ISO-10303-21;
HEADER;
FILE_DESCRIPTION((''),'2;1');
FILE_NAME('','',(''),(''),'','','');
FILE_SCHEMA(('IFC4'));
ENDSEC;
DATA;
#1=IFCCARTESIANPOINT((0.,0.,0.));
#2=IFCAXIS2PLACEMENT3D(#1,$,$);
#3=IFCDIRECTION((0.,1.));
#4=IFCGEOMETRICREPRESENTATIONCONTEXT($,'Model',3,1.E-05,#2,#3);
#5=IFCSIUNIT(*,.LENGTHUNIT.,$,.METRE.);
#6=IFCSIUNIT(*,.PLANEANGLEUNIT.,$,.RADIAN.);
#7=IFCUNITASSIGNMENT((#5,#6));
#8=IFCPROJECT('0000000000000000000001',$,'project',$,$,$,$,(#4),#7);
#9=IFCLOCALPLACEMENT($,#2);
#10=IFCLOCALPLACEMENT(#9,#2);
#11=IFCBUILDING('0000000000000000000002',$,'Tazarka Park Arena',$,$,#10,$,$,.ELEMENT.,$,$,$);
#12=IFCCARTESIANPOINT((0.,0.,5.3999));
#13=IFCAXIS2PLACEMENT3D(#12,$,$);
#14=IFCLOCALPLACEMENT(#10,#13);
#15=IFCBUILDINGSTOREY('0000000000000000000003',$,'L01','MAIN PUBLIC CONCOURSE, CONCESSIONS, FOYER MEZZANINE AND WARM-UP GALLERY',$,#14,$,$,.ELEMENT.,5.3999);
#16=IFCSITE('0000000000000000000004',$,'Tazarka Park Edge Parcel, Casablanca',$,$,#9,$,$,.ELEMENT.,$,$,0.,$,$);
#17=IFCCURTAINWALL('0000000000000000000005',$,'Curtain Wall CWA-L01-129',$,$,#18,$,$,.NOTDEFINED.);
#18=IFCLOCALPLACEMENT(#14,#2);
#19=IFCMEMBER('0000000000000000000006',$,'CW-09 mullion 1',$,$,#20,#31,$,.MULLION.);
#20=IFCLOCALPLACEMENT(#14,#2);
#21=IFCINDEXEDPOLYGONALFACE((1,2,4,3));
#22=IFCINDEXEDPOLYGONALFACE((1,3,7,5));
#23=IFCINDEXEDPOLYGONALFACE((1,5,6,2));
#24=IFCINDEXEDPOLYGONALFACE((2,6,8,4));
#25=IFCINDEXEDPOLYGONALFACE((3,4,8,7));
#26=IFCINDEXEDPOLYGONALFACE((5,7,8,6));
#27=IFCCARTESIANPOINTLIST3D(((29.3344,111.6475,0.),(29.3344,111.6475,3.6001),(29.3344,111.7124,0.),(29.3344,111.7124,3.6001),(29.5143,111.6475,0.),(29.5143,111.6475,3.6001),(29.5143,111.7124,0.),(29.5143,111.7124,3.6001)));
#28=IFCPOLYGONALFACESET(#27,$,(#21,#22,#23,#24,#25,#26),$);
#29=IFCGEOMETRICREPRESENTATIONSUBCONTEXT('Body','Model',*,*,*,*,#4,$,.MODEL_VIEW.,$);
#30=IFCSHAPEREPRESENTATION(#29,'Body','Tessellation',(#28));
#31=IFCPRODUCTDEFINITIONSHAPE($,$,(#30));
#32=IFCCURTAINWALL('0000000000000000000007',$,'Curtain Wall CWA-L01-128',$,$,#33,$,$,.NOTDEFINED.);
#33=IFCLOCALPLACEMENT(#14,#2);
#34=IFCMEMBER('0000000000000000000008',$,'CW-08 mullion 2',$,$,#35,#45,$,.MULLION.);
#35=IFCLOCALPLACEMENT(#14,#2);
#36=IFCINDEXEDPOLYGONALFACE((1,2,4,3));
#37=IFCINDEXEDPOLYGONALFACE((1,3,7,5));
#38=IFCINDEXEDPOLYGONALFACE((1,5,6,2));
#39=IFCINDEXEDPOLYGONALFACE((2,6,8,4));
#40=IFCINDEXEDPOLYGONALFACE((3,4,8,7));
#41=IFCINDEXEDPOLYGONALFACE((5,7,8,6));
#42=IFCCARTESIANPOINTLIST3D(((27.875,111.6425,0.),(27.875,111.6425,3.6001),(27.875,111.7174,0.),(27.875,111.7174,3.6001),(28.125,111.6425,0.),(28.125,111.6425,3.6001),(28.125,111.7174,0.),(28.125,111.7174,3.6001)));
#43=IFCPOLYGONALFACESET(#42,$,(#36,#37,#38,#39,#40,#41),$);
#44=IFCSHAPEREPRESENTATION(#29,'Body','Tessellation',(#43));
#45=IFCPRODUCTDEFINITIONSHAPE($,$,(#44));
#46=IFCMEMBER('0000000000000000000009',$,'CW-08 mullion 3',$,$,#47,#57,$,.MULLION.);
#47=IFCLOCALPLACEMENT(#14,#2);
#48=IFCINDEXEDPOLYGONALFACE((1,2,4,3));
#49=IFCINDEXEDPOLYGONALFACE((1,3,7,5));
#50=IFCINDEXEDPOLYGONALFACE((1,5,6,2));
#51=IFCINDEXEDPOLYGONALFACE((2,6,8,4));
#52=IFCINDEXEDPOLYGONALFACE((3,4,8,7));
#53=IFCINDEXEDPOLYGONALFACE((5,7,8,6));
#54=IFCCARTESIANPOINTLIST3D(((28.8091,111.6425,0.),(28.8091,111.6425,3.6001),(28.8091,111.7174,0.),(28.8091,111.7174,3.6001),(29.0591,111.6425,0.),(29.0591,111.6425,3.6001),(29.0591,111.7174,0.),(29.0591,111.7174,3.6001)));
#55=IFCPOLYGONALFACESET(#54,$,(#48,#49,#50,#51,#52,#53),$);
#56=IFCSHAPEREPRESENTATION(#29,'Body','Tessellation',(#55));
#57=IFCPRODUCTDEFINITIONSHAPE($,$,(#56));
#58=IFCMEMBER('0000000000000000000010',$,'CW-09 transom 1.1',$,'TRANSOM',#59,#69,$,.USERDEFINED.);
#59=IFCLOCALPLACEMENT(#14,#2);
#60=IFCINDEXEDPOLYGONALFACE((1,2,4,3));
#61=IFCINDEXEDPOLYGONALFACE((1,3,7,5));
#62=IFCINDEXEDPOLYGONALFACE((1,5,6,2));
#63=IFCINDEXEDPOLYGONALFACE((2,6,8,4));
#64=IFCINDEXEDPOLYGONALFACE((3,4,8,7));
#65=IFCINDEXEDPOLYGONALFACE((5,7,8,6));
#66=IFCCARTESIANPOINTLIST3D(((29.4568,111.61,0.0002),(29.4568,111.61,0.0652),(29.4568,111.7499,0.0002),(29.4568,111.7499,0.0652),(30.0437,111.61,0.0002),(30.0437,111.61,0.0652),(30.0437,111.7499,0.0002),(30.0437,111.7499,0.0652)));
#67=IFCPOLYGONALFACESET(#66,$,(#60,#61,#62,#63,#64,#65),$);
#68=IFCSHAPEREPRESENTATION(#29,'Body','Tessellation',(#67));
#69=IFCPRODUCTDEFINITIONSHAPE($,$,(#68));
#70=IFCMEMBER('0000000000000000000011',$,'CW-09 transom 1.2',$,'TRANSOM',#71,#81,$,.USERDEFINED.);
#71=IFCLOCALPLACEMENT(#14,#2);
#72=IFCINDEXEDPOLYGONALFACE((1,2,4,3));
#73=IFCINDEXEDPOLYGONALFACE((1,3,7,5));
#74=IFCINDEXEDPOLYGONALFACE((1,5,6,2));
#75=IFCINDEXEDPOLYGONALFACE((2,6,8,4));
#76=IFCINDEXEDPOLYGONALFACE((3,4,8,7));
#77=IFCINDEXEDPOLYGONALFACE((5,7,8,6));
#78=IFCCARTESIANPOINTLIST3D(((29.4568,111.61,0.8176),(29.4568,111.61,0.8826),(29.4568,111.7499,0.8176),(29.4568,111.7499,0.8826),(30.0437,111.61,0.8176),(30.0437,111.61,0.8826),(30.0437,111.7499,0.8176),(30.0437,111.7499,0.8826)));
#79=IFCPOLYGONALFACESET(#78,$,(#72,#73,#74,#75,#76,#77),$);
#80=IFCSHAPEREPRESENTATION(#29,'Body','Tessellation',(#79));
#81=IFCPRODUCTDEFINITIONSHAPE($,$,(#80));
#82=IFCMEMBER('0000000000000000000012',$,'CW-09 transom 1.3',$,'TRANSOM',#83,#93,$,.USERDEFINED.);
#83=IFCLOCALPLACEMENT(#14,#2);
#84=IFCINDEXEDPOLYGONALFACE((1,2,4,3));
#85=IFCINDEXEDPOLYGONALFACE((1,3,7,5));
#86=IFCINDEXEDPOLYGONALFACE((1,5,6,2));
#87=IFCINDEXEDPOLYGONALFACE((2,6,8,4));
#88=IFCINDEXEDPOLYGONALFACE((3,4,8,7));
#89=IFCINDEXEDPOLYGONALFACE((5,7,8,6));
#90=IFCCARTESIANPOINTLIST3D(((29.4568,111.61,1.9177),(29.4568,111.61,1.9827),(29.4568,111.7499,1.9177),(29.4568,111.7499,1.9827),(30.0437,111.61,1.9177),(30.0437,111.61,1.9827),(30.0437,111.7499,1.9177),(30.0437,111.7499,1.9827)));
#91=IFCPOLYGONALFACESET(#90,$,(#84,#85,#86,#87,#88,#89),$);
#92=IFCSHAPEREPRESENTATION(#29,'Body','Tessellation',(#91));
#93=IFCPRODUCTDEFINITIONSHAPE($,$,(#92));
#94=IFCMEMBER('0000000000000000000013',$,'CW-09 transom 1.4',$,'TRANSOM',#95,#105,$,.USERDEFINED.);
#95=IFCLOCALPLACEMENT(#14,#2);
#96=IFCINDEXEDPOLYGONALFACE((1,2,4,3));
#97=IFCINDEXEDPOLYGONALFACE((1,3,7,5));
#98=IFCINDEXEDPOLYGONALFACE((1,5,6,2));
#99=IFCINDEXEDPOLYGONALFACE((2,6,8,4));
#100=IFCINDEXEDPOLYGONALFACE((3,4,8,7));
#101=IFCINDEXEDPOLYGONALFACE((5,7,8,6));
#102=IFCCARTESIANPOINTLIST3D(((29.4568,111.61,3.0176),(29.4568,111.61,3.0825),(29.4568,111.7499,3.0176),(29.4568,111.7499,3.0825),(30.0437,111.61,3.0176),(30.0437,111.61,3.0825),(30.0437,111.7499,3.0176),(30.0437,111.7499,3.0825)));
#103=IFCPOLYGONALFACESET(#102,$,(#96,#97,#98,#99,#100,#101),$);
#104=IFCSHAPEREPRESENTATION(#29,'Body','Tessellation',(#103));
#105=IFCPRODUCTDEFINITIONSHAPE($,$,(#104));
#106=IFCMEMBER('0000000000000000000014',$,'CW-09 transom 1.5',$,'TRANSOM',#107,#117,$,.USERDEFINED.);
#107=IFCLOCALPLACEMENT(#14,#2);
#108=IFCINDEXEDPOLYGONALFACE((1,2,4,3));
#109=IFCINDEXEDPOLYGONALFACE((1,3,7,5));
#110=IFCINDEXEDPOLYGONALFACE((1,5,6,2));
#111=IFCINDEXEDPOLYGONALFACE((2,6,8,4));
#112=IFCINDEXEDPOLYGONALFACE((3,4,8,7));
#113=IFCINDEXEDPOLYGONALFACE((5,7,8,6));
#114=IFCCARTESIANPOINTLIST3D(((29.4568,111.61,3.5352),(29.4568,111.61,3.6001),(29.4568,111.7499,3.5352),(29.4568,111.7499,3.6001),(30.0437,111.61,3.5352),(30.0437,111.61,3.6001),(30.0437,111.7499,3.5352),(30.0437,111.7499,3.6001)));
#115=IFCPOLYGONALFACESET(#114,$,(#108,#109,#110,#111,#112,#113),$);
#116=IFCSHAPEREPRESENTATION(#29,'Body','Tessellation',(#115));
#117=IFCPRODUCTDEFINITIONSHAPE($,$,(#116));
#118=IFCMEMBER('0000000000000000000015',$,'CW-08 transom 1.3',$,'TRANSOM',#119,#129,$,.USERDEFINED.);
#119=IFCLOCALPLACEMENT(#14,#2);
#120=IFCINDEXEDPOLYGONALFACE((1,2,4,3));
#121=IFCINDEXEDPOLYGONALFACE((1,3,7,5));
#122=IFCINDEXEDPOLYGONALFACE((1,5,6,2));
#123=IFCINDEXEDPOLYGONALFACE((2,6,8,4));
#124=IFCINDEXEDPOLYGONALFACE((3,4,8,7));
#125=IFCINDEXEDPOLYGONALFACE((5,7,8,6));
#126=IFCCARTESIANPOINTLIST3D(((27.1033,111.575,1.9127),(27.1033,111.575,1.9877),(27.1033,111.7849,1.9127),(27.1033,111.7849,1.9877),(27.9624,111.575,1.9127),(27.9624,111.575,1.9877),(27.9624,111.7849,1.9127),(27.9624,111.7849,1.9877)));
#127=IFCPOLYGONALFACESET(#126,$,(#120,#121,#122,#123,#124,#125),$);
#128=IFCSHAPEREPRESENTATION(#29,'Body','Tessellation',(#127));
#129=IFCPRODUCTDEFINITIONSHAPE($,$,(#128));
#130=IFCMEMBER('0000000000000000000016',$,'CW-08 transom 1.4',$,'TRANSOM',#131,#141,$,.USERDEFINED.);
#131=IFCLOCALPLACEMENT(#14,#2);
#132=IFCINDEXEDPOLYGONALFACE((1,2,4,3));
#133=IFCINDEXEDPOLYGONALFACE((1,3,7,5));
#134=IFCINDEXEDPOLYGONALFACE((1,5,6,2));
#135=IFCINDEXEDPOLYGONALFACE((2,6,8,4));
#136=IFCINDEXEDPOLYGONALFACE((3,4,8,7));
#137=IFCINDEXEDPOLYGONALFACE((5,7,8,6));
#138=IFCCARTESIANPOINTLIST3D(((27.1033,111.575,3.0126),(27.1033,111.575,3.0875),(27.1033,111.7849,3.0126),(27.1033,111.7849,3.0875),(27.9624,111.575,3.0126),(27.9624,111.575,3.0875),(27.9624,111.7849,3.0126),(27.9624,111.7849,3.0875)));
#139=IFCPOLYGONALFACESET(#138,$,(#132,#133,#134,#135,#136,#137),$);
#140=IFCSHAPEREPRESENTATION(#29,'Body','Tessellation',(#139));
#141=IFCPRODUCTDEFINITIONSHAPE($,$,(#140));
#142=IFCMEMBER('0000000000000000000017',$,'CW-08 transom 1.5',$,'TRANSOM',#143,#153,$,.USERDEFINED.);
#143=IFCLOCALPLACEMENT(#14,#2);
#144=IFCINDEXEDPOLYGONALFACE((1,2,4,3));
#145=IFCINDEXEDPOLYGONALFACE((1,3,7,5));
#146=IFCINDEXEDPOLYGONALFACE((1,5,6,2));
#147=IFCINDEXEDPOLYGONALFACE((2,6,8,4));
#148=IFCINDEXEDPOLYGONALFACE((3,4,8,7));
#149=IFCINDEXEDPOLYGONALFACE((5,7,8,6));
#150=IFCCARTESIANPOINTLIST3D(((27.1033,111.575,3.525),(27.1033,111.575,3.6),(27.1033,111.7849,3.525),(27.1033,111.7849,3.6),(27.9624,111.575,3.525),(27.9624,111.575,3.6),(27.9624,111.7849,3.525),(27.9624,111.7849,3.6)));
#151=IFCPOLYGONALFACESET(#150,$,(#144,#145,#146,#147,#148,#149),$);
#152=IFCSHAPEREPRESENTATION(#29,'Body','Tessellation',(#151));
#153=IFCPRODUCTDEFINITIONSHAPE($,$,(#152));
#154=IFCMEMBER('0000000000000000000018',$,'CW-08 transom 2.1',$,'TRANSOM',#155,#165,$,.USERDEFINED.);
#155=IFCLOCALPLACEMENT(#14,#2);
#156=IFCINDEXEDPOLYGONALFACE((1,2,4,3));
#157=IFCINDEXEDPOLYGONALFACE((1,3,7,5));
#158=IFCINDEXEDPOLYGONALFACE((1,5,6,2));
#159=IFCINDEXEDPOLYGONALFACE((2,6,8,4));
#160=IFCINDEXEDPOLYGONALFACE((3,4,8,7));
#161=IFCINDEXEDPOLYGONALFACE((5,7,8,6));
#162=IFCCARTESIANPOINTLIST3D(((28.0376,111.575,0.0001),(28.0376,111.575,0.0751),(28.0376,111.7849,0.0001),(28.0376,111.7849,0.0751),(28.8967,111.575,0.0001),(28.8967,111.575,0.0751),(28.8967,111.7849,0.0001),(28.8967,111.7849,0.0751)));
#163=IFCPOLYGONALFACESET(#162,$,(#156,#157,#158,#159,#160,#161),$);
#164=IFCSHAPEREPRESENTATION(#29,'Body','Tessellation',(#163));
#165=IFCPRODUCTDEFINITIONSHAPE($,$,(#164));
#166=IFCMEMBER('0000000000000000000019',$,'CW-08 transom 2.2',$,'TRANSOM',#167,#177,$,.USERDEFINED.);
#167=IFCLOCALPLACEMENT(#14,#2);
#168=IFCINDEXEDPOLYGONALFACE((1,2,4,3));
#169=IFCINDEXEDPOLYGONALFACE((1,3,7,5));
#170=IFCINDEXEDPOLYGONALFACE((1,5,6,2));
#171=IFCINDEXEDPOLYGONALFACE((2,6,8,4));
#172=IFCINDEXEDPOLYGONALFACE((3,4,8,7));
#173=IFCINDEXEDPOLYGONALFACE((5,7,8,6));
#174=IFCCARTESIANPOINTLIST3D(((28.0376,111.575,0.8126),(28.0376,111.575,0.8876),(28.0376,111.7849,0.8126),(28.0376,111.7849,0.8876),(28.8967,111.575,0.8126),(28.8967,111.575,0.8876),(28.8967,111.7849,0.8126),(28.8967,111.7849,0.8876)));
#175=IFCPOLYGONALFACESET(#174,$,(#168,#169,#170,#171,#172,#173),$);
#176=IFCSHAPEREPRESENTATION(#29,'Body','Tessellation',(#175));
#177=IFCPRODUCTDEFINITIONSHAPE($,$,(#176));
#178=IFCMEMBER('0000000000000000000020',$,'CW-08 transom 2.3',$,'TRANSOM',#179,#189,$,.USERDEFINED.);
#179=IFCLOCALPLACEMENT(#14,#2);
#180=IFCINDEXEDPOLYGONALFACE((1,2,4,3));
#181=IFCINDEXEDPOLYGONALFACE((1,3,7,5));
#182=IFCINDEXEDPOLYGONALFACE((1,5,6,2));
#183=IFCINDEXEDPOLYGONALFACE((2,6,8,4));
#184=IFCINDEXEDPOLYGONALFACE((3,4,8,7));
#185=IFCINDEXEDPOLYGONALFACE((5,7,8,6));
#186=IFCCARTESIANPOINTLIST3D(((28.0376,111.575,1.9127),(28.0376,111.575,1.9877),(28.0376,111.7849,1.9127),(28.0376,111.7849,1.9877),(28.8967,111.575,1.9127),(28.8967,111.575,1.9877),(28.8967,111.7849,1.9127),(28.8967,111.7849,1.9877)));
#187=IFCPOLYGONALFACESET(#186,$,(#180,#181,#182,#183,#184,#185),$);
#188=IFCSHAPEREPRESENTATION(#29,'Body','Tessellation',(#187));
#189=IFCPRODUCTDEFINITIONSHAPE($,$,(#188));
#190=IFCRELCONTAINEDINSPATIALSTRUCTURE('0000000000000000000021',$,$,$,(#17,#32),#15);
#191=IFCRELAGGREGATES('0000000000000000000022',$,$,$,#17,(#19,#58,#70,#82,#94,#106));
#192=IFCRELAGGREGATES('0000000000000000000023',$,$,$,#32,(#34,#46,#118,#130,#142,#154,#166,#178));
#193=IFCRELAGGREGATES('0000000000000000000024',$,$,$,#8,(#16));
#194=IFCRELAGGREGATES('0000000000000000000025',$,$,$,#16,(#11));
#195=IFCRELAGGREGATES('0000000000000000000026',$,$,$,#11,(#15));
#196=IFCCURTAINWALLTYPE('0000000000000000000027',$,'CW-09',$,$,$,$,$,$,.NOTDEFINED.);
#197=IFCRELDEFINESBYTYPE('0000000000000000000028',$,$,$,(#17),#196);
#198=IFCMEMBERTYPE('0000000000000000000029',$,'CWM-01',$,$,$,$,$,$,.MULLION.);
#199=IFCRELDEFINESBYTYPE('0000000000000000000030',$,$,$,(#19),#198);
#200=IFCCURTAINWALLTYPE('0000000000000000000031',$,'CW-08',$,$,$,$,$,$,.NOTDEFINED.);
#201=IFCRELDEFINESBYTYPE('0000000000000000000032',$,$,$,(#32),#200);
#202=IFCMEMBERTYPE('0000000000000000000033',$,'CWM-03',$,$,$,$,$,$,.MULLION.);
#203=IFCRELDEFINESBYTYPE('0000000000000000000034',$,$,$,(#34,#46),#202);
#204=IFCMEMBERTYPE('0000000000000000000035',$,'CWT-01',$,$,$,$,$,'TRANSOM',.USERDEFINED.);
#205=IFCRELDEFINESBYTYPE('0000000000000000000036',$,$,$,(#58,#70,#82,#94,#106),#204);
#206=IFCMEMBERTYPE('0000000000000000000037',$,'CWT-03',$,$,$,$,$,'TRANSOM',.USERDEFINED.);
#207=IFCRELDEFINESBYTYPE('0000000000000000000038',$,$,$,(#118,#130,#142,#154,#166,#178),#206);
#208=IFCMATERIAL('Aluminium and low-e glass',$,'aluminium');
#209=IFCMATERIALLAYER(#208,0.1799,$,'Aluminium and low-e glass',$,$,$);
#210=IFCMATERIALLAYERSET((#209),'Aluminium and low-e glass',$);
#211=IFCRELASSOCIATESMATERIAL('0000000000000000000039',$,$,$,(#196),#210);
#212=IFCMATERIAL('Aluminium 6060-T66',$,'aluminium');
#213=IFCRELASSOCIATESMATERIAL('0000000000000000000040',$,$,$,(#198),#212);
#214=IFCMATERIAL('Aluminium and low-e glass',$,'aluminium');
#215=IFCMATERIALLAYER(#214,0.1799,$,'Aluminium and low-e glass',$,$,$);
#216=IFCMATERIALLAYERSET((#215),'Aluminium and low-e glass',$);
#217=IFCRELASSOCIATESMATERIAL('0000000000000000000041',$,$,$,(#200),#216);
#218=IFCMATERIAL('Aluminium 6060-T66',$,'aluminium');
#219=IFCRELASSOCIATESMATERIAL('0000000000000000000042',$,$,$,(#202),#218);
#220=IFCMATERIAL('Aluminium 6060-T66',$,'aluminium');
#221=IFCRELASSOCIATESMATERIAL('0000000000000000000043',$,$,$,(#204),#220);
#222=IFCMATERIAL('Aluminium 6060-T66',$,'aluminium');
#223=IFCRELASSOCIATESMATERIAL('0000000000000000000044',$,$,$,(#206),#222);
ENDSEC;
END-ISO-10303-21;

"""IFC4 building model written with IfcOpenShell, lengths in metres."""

from ifc_helpers import new_model, si_unit, direction, frame, origin, origin_2d, place, context, subcontext, project, spatial, rectangle, extrude, material, layer, layer_set, material_profile, profile_set, type_object, element, aggregate, save


model = new_model("IFC4")

# Units and contexts
model_context = context("Model", 3, precision=1e-05, world=origin(), true_north=direction((0.0, 1.0)))
body_context = subcontext(model_context, "Body", "Model", "MODEL_VIEW")
ifc_project = project(units=[si_unit("LENGTHUNIT", "METRE"), si_unit("PLANEANGLEUNIT", "RADIAN")], contexts=[model_context])

# Site, building, storey
site_placement = place(None, origin())
site = spatial("IfcSite", under=ifc_project, at=site_placement, Name="Tazarka Park Edge Parcel, Casablanca", CompositionType="ELEMENT", RefElevation=0.0)
building_placement = place(site_placement, origin())
building = spatial("IfcBuilding", under=site, at=building_placement, Name="Tazarka Park Arena", CompositionType="ELEMENT")
storey_placement = place(building_placement, frame((0.0, 0.0, 5.3999)))
storey = spatial("IfcBuildingStorey", under=building, at=storey_placement, Name="L01", Description="MAIN PUBLIC CONCOURSE, CONCESSIONS, FOYER MEZZANINE AND WARM-UP GALLERY", CompositionType="ELEMENT", Elevation=5.3999)

# Curtain wall, member
ifc_material_1 = material(Name="Aluminium and low-e glass", Category="aluminium")
ifc_layer_1 = layer(ifc_material_1, 0.1799, Name="Aluminium and low-e glass")
ifc_layer_set_1 = layer_set([ifc_layer_1], Name="Aluminium and low-e glass")
curtain_wall_type_1 = type_object("IfcCurtainWallType", Name="CW-09", PredefinedType="NOTDEFINED", material=ifc_layer_set_1)
curtain_wall_1_placement = place(storey_placement, origin())
curtain_wall_1 = element("IfcCurtainWall", 1, at=curtain_wall_1_placement, inside=storey, type_object=curtain_wall_type_1, Name="Curtain Wall CWA-L01-129", PredefinedType="NOTDEFINED")
ifc_material_2 = material(Name="Aluminium 6060-T66", Category="aluminium")
ifc_material_profile_1 = material_profile(ifc_material_2, rectangle(XDim=0.0649, YDim=0.1799, at=origin_2d()), Name="Aluminium 6060-T66")
ifc_profile_set_1 = profile_set([ifc_material_profile_1], Name="Aluminium 6060-T66")
member_type_1 = type_object("IfcMemberType", Name="CWM-01", PredefinedType="MULLION", material=ifc_profile_set_1)
member_1_placement = place(storey_placement, frame((29.4243, 111.6799, 0.0), z_axis=(0.0, 0.0, 1.0), x_axis=(0.0, 1.0, 0.0)))
member_1 = element("IfcMember", 2, at=member_1_placement, type_object=member_type_1, Name="CW-09 mullion 1", PredefinedType="MULLION", context=body_context, shape_type="SweptSolid", body=[
    extrude(rectangle(XDim=0.0649, YDim=0.1799, at=origin_2d()), origin(), (0.0, 0.0, 1.0), 3.6001),
])

# Curtain wall, members
ifc_material_3 = material(Name="Aluminium and low-e glass", Category="aluminium")
ifc_layer_2 = layer(ifc_material_3, 0.1799, Name="Aluminium and low-e glass")
ifc_layer_set_2 = layer_set([ifc_layer_2], Name="Aluminium and low-e glass")
curtain_wall_type_2 = type_object("IfcCurtainWallType", Name="CW-08", PredefinedType="NOTDEFINED", material=ifc_layer_set_2)
curtain_wall_2_placement = place(storey_placement, origin())
curtain_wall_2 = element("IfcCurtainWall", 3, at=curtain_wall_2_placement, inside=storey, type_object=curtain_wall_type_2, Name="Curtain Wall CWA-L01-128", PredefinedType="NOTDEFINED")
ifc_material_4 = material(Name="Aluminium 6060-T66", Category="aluminium")
ifc_material_profile_2 = material_profile(ifc_material_4, rectangle(XDim=0.075, YDim=0.25, at=origin_2d()), Name="Aluminium 6060-T66")
ifc_profile_set_2 = profile_set([ifc_material_profile_2], Name="Aluminium 6060-T66")
member_type_2 = type_object("IfcMemberType", Name="CWM-03", PredefinedType="MULLION", material=ifc_profile_set_2)
member_2_placement = place(storey_placement, frame((28.0, 111.6799, 0.0), z_axis=(0.0, 0.0, 1.0), x_axis=(0.0, 1.0, 0.0)))
member_2 = element("IfcMember", 4, at=member_2_placement, type_object=member_type_2, Name="CW-08 mullion 2", PredefinedType="MULLION", context=body_context, shape_type="SweptSolid", body=[
    extrude(rectangle(XDim=0.075, YDim=0.25, at=origin_2d()), origin(), (0.0, 0.0, 1.0), 3.6001),
])
member_3_placement = place(storey_placement, frame((28.9341, 111.6799, 0.0), z_axis=(0.0, 0.0, 1.0), x_axis=(0.0, 1.0, 0.0)))
member_3 = element("IfcMember", 5, at=member_3_placement, type_object=member_type_2, Name="CW-08 mullion 3", PredefinedType="MULLION", context=body_context, shape_type="SweptSolid", body=[
    extrude(rectangle(XDim=0.075, YDim=0.25, at=origin_2d()), origin(), (0.0, 0.0, 1.0), 3.6001),
])

# Members
ifc_material_5 = material(Name="Aluminium 6060-T66", Category="aluminium")
ifc_material_profile_3 = material_profile(ifc_material_5, rectangle(XDim=0.1399, YDim=0.0649, at=origin_2d()), Name="Aluminium 6060-T66")
ifc_profile_set_3 = profile_set([ifc_material_profile_3], Name="Aluminium 6060-T66")
member_type_3 = type_object("IfcMemberType", Name="CWT-01", ElementType="TRANSOM", PredefinedType="USERDEFINED", material=ifc_profile_set_3)
member_4_placement = place(storey_placement, frame((29.4568, 111.6799, 0.0327), z_axis=(1.0, 0.0, 0.0), x_axis=(0.0, 1.0, 0.0)))
member_4 = element("IfcMember", 6, at=member_4_placement, type_object=member_type_3, Name="CW-09 transom 1.1", ObjectType="TRANSOM", PredefinedType="USERDEFINED", context=body_context, shape_type="SweptSolid", body=[
    extrude(rectangle(XDim=0.1399, YDim=0.0649, at=origin_2d()), origin(), (0.0, 0.0, 1.0), 0.5869),
])
member_5_placement = place(storey_placement, frame((29.4568, 111.6799, 0.8501), z_axis=(1.0, 0.0, 0.0), x_axis=(0.0, 1.0, 0.0)))
member_5 = element("IfcMember", 7, at=member_5_placement, type_object=member_type_3, Name="CW-09 transom 1.2", ObjectType="TRANSOM", PredefinedType="USERDEFINED", context=body_context, shape_type="SweptSolid", body=[
    extrude(rectangle(XDim=0.1399, YDim=0.0649, at=origin_2d()), origin(), (0.0, 0.0, 1.0), 0.5869),
])
member_6_placement = place(storey_placement, frame((29.4568, 111.6799, 1.9502), z_axis=(1.0, 0.0, 0.0), x_axis=(0.0, 1.0, 0.0)))
member_6 = element("IfcMember", 8, at=member_6_placement, type_object=member_type_3, Name="CW-09 transom 1.3", ObjectType="TRANSOM", PredefinedType="USERDEFINED", context=body_context, shape_type="SweptSolid", body=[
    extrude(rectangle(XDim=0.1399, YDim=0.0649, at=origin_2d()), origin(), (0.0, 0.0, 1.0), 0.5869),
])
member_7_placement = place(storey_placement, frame((29.4568, 111.6799, 3.05), z_axis=(1.0, 0.0, 0.0), x_axis=(0.0, 1.0, 0.0)))
member_7 = element("IfcMember", 9, at=member_7_placement, type_object=member_type_3, Name="CW-09 transom 1.4", ObjectType="TRANSOM", PredefinedType="USERDEFINED", context=body_context, shape_type="SweptSolid", body=[
    extrude(rectangle(XDim=0.1399, YDim=0.0649, at=origin_2d()), origin(), (0.0, 0.0, 1.0), 0.5869),
])
member_8_placement = place(storey_placement, frame((29.4568, 111.6799, 3.5676), z_axis=(1.0, 0.0, 0.0), x_axis=(0.0, 1.0, 0.0)))
member_8 = element("IfcMember", 10, at=member_8_placement, type_object=member_type_3, Name="CW-09 transom 1.5", ObjectType="TRANSOM", PredefinedType="USERDEFINED", context=body_context, shape_type="SweptSolid", body=[
    extrude(rectangle(XDim=0.1399, YDim=0.0649, at=origin_2d()), origin(), (0.0, 0.0, 1.0), 0.5869),
])
ifc_material_6 = material(Name="Aluminium 6060-T66", Category="aluminium")
ifc_material_profile_4 = material_profile(ifc_material_6, rectangle(XDim=0.21, YDim=0.075, at=origin_2d()), Name="Aluminium 6060-T66")
ifc_profile_set_4 = profile_set([ifc_material_profile_4], Name="Aluminium 6060-T66")
member_type_4 = type_object("IfcMemberType", Name="CWT-03", ElementType="TRANSOM", PredefinedType="USERDEFINED", material=ifc_profile_set_4)
member_9_placement = place(storey_placement, frame((27.1033, 111.6799, 1.9502), z_axis=(1.0, 0.0, 0.0), x_axis=(0.0, 1.0, 0.0)))
member_9 = element("IfcMember", 11, at=member_9_placement, type_object=member_type_4, Name="CW-08 transom 1.3", ObjectType="TRANSOM", PredefinedType="USERDEFINED", context=body_context, shape_type="SweptSolid", body=[
    extrude(rectangle(XDim=0.21, YDim=0.075, at=origin_2d()), origin(), (0.0, 0.0, 1.0), 0.8591),
])
member_10_placement = place(storey_placement, frame((27.1033, 111.6799, 3.05), z_axis=(1.0, 0.0, 0.0), x_axis=(0.0, 1.0, 0.0)))
member_10 = element("IfcMember", 12, at=member_10_placement, type_object=member_type_4, Name="CW-08 transom 1.4", ObjectType="TRANSOM", PredefinedType="USERDEFINED", context=body_context, shape_type="SweptSolid", body=[
    extrude(rectangle(XDim=0.21, YDim=0.075, at=origin_2d()), origin(), (0.0, 0.0, 1.0), 0.8591),
])
member_11_placement = place(storey_placement, frame((27.1033, 111.6799, 3.5625), z_axis=(1.0, 0.0, 0.0), x_axis=(0.0, 1.0, 0.0)))
member_11 = element("IfcMember", 13, at=member_11_placement, type_object=member_type_4, Name="CW-08 transom 1.5", ObjectType="TRANSOM", PredefinedType="USERDEFINED", context=body_context, shape_type="SweptSolid", body=[
    extrude(rectangle(XDim=0.21, YDim=0.075, at=origin_2d()), origin(), (0.0, 0.0, 1.0), 0.8591),
])
member_12_placement = place(storey_placement, frame((28.0376, 111.6799, 0.0376), z_axis=(1.0, 0.0, 0.0), x_axis=(0.0, 1.0, 0.0)))
member_12 = element("IfcMember", 14, at=member_12_placement, type_object=member_type_4, Name="CW-08 transom 2.1", ObjectType="TRANSOM", PredefinedType="USERDEFINED", context=body_context, shape_type="SweptSolid", body=[
    extrude(rectangle(XDim=0.21, YDim=0.075, at=origin_2d()), origin(), (0.0, 0.0, 1.0), 0.8591),
])
member_13_placement = place(storey_placement, frame((28.0376, 111.6799, 0.8501), z_axis=(1.0, 0.0, 0.0), x_axis=(0.0, 1.0, 0.0)))
member_13 = element("IfcMember", 15, at=member_13_placement, type_object=member_type_4, Name="CW-08 transom 2.2", ObjectType="TRANSOM", PredefinedType="USERDEFINED", context=body_context, shape_type="SweptSolid", body=[
    extrude(rectangle(XDim=0.21, YDim=0.075, at=origin_2d()), origin(), (0.0, 0.0, 1.0), 0.8591),
])
member_14_placement = place(storey_placement, frame((28.0376, 111.6799, 1.9502), z_axis=(1.0, 0.0, 0.0), x_axis=(0.0, 1.0, 0.0)))
member_14 = element("IfcMember", 16, at=member_14_placement, type_object=member_type_4, Name="CW-08 transom 2.3", ObjectType="TRANSOM", PredefinedType="USERDEFINED", context=body_context, shape_type="SweptSolid", body=[
    extrude(rectangle(XDim=0.21, YDim=0.075, at=origin_2d()), origin(), (0.0, 0.0, 1.0), 0.8591),
])

aggregate(curtain_wall_1, [member_1, member_4, member_5, member_6, member_7, member_8])
aggregate(curtain_wall_2, [member_2, member_3, member_9, member_10, member_11, member_12, member_13, member_14])

save(model, "model.ifc")
